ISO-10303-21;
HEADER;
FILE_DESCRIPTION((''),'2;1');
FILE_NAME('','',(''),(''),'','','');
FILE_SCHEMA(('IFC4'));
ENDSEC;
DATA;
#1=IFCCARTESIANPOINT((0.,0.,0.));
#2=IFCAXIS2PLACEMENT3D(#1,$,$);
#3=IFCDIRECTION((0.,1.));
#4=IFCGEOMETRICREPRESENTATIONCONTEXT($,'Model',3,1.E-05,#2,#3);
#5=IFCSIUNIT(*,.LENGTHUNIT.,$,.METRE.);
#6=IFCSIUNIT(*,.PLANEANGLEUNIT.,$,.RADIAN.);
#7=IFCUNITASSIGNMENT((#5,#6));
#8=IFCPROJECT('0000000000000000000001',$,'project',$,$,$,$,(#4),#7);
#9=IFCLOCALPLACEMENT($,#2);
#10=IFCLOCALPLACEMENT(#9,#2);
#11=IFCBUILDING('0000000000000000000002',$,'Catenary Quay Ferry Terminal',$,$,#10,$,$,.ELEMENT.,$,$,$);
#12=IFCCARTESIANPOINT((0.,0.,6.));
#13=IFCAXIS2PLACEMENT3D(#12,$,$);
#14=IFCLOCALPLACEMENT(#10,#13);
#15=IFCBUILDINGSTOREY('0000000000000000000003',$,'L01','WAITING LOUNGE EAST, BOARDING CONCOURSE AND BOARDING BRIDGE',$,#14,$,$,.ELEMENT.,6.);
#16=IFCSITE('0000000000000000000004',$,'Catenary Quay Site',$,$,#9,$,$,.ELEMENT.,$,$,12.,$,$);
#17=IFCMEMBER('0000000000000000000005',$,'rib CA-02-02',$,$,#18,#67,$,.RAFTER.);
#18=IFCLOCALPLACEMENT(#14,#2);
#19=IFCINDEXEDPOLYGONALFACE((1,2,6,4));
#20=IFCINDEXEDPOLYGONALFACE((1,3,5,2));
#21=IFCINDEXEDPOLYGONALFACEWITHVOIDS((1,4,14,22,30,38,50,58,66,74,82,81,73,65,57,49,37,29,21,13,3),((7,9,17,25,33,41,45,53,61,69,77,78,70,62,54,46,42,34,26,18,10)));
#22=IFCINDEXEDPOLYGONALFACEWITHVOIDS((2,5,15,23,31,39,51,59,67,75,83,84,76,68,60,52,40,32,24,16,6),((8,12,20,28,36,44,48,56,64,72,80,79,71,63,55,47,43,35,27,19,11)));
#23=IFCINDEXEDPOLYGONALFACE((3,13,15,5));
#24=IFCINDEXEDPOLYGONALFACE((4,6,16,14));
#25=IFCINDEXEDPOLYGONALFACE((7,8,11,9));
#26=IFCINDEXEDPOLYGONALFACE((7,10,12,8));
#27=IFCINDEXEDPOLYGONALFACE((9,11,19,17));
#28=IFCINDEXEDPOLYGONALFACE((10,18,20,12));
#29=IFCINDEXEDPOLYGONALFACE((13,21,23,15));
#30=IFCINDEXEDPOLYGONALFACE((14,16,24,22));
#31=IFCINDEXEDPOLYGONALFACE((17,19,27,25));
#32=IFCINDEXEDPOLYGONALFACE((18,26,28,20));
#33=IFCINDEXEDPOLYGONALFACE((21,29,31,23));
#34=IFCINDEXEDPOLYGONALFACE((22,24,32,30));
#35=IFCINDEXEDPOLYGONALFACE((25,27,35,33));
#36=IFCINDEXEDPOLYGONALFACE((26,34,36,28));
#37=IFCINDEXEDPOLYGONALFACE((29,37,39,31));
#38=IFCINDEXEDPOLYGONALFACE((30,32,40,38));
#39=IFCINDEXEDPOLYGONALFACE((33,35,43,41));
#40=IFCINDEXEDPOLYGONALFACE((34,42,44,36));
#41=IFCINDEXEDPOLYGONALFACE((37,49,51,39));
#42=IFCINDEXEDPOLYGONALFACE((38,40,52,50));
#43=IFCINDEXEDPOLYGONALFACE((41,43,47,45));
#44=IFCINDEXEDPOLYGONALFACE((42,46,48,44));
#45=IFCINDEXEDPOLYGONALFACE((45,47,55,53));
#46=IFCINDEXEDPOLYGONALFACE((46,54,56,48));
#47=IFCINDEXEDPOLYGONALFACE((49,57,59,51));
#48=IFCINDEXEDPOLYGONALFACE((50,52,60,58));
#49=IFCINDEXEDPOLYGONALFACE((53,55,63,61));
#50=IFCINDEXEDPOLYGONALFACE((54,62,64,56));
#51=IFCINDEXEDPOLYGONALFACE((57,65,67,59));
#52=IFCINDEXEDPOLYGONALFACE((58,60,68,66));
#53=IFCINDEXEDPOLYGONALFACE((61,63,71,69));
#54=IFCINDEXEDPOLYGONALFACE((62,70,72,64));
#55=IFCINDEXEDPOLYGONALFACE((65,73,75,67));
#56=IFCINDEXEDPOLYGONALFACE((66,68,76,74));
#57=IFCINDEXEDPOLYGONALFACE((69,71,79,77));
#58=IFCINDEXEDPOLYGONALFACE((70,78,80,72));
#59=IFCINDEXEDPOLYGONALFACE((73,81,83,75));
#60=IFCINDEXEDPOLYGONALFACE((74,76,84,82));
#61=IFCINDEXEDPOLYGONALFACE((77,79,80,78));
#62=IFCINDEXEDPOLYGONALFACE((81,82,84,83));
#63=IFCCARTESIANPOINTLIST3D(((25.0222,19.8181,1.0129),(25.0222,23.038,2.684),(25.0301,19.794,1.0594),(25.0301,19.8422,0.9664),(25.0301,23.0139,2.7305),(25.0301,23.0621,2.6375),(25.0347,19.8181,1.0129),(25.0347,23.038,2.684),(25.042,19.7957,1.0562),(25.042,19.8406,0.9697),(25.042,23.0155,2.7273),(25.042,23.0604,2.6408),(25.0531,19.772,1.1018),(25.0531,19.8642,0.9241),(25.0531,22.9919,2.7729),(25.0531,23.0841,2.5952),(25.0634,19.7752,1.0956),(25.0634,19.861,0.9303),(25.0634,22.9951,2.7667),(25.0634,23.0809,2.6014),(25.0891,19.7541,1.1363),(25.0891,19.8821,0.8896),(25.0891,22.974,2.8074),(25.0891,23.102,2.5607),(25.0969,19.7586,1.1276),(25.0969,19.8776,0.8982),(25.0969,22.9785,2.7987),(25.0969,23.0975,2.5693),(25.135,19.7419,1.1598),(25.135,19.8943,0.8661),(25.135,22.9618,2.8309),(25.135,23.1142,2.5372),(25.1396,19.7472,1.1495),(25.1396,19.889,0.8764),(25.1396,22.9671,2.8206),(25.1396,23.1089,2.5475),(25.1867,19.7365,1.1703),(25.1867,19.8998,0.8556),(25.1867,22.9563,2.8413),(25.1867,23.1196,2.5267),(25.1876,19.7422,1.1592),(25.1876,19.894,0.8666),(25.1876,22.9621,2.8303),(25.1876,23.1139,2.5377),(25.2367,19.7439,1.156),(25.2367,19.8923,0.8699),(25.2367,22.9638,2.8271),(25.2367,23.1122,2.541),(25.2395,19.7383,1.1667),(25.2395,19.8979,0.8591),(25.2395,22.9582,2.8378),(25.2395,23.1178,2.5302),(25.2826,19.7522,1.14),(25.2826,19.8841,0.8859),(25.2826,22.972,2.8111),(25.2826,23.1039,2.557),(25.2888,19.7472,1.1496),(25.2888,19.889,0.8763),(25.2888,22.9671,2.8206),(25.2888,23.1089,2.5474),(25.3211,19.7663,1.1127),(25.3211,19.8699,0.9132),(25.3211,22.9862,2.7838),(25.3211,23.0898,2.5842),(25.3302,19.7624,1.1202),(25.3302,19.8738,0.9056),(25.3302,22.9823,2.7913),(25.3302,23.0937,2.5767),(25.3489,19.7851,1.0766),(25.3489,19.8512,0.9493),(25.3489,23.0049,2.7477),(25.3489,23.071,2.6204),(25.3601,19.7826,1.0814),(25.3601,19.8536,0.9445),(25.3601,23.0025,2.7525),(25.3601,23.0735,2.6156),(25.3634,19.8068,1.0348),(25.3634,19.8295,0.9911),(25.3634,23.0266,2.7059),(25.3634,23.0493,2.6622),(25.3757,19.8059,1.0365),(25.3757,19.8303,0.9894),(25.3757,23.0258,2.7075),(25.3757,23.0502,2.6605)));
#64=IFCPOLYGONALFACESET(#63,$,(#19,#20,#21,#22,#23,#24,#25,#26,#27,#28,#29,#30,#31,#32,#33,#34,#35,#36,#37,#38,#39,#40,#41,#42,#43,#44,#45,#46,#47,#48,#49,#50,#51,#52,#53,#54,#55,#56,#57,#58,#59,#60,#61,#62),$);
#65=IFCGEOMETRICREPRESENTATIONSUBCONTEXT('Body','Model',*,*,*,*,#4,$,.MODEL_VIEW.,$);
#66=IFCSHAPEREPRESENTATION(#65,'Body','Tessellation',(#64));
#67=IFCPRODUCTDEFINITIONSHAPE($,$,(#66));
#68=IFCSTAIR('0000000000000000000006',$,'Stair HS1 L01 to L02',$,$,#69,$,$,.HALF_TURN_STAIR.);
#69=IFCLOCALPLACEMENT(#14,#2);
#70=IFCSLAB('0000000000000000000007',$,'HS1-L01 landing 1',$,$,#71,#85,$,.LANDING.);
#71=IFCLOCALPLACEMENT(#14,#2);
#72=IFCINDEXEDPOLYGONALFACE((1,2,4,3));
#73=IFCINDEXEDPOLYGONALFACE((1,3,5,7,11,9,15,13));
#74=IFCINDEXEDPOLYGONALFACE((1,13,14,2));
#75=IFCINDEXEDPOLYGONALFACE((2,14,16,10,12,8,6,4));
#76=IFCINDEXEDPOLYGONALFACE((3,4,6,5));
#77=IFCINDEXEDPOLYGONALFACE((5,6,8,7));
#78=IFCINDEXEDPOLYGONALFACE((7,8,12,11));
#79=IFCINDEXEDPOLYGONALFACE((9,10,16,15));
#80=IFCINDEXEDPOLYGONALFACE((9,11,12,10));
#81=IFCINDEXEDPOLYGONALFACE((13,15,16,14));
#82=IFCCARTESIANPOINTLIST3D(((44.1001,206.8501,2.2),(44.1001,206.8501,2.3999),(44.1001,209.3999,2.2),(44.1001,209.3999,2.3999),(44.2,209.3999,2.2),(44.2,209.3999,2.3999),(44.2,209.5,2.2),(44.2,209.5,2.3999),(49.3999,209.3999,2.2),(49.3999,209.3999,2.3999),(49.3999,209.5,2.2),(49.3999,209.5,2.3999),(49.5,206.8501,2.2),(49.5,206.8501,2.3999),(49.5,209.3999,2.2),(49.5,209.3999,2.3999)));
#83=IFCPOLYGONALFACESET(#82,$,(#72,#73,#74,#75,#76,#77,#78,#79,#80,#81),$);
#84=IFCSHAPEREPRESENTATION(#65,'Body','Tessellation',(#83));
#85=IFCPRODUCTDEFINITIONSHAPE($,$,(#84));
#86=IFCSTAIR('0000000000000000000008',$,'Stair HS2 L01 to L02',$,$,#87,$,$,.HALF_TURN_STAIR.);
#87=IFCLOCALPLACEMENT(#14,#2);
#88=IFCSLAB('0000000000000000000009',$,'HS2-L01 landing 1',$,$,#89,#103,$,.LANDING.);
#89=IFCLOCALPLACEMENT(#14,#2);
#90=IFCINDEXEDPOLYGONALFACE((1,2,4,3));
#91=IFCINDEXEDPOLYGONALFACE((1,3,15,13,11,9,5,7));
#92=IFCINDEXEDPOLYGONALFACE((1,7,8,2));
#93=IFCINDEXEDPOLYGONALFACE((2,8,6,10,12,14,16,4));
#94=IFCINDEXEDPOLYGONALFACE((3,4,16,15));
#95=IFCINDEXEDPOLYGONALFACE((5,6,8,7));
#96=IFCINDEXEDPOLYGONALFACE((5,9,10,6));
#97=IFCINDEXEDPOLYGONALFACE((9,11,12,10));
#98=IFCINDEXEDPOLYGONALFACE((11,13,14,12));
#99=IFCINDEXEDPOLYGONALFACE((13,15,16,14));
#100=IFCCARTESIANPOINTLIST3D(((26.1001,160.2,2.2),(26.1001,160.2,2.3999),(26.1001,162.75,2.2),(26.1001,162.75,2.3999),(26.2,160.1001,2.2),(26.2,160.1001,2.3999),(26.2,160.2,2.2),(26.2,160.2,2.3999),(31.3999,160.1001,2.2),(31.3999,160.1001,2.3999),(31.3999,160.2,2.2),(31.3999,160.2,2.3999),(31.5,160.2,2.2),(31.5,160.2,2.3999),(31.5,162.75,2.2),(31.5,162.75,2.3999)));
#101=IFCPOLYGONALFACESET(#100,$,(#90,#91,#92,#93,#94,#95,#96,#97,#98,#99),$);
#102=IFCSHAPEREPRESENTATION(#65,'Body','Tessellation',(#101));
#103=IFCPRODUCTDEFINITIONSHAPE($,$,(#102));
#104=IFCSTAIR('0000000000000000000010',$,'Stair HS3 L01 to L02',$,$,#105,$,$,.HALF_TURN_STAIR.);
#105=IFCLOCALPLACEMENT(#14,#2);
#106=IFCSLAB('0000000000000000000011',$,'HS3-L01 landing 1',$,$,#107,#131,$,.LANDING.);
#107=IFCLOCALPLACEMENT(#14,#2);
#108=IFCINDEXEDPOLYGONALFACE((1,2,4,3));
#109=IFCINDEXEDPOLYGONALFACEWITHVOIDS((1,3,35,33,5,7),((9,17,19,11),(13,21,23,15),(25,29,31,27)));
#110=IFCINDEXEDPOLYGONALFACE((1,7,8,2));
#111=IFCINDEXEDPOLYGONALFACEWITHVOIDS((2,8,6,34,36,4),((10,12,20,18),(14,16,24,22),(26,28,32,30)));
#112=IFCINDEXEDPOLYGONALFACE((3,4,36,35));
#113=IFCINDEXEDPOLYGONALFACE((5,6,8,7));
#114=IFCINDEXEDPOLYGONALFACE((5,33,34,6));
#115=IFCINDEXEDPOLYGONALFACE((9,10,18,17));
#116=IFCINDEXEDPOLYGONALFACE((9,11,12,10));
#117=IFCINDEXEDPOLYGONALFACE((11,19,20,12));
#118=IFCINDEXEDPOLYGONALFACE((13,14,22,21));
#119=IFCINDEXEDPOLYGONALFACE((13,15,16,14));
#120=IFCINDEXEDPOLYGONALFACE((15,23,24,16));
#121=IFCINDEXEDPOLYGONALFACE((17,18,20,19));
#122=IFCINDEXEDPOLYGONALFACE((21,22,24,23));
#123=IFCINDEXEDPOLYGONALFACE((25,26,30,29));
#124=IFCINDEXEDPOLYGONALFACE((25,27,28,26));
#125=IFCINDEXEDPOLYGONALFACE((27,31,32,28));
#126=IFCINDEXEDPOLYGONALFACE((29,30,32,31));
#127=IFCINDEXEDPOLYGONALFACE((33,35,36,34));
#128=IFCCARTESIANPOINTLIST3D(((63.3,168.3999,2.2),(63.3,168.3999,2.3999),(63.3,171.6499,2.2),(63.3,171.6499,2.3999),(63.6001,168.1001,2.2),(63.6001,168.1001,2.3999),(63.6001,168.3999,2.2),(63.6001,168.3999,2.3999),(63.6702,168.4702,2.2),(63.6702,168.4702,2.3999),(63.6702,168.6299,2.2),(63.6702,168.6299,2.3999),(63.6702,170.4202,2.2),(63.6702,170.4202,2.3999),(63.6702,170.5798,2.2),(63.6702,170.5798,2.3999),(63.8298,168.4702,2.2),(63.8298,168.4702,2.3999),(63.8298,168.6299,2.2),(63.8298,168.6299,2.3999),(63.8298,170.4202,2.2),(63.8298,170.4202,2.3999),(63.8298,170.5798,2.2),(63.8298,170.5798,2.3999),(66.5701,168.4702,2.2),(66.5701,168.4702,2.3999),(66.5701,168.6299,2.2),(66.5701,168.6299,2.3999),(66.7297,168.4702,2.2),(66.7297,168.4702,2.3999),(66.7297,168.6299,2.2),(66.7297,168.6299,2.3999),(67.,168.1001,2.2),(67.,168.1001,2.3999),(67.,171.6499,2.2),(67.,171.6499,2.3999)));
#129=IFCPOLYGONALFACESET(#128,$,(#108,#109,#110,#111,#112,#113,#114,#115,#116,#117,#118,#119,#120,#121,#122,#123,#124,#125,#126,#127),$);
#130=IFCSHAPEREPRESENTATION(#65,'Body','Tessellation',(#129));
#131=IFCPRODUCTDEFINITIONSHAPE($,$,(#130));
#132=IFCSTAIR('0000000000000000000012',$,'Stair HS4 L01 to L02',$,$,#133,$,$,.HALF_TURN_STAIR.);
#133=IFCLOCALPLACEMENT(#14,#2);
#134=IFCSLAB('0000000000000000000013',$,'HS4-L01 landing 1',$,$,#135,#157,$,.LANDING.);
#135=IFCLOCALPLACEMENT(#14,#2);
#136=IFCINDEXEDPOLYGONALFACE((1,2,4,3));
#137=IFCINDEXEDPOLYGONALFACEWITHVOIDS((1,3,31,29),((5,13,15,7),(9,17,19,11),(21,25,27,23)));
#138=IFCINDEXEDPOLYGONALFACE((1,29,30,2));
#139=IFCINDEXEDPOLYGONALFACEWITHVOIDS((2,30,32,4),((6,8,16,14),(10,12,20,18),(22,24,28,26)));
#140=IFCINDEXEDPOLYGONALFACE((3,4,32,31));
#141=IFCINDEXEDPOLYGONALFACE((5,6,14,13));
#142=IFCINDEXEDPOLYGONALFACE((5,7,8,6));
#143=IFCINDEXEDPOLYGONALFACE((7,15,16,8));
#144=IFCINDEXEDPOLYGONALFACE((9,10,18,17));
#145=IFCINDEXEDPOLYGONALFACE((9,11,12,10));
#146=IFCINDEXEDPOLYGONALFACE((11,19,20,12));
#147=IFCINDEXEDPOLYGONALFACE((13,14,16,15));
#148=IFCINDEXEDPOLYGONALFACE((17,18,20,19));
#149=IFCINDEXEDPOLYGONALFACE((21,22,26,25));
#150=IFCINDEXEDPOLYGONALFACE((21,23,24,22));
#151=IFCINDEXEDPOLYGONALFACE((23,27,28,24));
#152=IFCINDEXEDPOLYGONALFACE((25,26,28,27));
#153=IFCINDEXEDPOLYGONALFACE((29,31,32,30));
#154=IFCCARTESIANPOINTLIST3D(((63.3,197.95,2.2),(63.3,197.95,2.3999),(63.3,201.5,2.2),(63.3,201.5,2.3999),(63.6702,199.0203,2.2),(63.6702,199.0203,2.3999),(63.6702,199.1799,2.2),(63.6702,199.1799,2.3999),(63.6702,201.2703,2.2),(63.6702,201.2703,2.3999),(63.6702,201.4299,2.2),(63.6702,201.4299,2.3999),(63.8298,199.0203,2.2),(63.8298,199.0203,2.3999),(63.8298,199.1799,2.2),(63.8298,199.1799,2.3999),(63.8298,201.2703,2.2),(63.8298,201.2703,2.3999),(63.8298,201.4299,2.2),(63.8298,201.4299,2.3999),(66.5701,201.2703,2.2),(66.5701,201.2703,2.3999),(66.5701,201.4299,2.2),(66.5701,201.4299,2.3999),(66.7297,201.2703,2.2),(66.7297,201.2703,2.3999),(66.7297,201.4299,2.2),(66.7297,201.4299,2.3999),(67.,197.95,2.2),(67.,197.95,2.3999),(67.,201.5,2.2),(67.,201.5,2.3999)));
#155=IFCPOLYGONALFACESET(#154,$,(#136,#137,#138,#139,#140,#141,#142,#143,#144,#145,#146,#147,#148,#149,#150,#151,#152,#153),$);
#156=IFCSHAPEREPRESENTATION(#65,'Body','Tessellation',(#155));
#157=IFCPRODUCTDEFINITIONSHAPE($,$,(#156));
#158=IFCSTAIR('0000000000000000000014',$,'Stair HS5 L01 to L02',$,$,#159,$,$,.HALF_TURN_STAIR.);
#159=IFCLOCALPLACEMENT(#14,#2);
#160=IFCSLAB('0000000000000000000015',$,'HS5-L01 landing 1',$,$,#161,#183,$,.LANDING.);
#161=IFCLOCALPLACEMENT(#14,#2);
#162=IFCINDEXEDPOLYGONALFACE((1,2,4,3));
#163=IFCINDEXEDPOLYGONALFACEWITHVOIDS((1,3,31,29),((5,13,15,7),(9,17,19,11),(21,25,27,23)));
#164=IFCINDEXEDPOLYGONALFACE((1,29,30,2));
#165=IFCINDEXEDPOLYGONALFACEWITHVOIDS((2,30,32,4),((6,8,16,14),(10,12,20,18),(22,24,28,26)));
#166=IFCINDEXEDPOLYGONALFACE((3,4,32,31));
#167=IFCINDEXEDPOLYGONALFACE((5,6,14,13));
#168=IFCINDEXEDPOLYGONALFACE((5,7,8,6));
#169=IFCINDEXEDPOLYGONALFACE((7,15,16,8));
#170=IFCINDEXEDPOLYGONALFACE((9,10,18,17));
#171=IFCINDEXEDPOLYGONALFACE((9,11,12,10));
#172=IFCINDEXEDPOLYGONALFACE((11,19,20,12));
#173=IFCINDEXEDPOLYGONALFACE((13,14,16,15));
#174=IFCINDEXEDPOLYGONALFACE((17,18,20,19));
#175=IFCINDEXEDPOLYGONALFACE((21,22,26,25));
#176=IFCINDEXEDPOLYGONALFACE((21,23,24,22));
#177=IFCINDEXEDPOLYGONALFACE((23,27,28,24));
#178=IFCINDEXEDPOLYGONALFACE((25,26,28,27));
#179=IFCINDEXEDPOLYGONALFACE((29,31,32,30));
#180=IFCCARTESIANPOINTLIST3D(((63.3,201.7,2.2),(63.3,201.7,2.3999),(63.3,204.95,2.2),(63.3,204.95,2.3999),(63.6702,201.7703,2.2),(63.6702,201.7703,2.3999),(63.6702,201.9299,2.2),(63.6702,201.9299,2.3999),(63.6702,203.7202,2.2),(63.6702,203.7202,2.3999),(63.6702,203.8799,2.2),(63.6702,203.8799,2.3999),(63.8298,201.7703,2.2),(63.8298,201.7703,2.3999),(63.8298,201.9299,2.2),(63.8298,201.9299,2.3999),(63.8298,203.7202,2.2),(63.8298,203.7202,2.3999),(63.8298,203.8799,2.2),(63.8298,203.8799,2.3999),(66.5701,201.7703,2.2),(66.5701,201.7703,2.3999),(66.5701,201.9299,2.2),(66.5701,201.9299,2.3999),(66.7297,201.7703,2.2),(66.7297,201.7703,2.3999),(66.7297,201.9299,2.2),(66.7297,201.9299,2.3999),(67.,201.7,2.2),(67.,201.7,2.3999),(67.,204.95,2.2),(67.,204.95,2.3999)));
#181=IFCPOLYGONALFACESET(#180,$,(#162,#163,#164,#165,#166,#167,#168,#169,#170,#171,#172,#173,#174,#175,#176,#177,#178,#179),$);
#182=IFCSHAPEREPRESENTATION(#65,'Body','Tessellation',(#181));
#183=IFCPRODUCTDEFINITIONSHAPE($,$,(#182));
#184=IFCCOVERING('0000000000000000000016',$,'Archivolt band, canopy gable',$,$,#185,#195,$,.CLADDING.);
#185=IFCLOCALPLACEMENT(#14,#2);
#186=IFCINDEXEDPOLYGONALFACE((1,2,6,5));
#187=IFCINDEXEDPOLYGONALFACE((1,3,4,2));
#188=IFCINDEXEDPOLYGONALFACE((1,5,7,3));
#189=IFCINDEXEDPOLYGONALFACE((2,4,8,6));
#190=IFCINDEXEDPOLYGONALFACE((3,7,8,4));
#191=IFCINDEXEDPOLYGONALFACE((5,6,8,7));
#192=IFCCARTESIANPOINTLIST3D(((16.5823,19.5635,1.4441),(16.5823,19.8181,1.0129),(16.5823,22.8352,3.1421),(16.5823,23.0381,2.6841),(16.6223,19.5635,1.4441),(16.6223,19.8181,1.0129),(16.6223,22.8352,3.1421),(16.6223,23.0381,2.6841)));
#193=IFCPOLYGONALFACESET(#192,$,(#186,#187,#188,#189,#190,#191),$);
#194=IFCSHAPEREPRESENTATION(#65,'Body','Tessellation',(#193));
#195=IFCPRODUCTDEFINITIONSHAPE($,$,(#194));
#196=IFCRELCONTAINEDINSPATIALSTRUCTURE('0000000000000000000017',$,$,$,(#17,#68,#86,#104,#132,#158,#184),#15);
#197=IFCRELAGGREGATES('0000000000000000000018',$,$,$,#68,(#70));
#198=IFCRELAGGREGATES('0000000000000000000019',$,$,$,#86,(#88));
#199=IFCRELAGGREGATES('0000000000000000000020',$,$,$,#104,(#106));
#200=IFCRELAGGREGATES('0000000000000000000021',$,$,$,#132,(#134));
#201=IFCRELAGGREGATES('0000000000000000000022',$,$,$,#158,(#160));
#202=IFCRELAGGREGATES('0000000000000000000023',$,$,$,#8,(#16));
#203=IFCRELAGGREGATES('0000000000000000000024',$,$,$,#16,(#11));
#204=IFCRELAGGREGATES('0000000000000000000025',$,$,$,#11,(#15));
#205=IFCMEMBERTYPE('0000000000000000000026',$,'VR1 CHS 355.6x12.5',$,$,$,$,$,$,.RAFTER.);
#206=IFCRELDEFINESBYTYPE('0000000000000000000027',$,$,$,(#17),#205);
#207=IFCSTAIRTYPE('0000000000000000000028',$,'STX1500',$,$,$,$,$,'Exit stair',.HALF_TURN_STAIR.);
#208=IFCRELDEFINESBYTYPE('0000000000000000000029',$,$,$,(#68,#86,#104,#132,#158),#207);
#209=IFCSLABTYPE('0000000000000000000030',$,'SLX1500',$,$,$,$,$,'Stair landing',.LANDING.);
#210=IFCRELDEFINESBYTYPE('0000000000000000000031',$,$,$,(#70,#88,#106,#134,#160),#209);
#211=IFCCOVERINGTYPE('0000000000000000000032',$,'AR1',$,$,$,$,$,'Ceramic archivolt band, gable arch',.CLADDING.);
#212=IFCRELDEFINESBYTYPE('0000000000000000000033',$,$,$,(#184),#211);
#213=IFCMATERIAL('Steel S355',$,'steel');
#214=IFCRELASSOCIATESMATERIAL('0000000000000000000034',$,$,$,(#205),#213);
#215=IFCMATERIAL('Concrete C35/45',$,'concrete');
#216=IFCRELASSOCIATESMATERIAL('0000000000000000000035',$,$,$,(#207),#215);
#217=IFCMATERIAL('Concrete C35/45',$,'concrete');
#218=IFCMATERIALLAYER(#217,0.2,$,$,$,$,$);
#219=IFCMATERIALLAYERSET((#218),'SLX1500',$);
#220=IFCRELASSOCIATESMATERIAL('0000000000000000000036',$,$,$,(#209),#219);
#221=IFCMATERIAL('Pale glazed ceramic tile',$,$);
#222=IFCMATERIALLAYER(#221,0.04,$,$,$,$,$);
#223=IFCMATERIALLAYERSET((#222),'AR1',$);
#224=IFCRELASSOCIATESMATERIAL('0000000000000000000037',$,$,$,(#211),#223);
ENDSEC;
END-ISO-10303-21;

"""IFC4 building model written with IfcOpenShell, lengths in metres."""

from ifc_helpers import new_model, si_unit, direction, frame, origin, origin_2d, place, context, subcontext, project, spatial, polyline, hollow_circle, outline, extrude, material, layer, layer_set, material_profile, profile_set, type_object, element, aggregate, save


model = new_model("IFC4")

# Units and contexts
model_context = context("Model", 3, precision=1e-05, world=origin(), true_north=direction((0.0, 1.0)))
body_context = subcontext(model_context, "Body", "Model", "MODEL_VIEW")
ifc_project = project(units=[si_unit("LENGTHUNIT", "METRE"), si_unit("PLANEANGLEUNIT", "RADIAN")], contexts=[model_context])

# Site, building, storey
site_placement = place(None, origin())
site = spatial("IfcSite", under=ifc_project, at=site_placement, Name="Catenary Quay Site", CompositionType="ELEMENT", RefElevation=12.0)
building_placement = place(site_placement, origin())
building = spatial("IfcBuilding", under=site, at=building_placement, Name="Catenary Quay Ferry Terminal", CompositionType="ELEMENT")
storey_placement = place(building_placement, frame((0.0, 0.0, 6.0)))
storey = spatial("IfcBuildingStorey", under=building, at=storey_placement, Name="L01", Description="WAITING LOUNGE EAST, BOARDING CONCOURSE AND BOARDING BRIDGE", CompositionType="ELEMENT", Elevation=6.0)

# Member
ifc_material_1 = material(Name="Steel S355", Category="steel")
ifc_material_profile_1 = material_profile(ifc_material_1, hollow_circle(Radius=0.1777, WallThickness=0.0125, at=origin_2d()), Name="CHS 355.6x12.5")
ifc_profile_set_1 = profile_set([ifc_material_profile_1], Name="Steel S355")
member_type_1 = type_object("IfcMemberType", Name="VR1 CHS 355.6x12.5", PredefinedType="RAFTER", material=ifc_profile_set_1)
member_1_placement = place(storey_placement, frame((25.2, 19.8181, 1.0129), z_axis=(0.0, 0.887582, 0.460649), x_axis=(-1.0, 0.0, 0.0)))
element("IfcMember", 1, at=member_1_placement, inside=storey, type_object=member_type_1, Name="rib CA-02-02", PredefinedType="RAFTER", context=body_context, shape_type="SweptSolid", body=[
    extrude(hollow_circle(Radius=0.1777, WallThickness=0.0125, at=origin_2d()), origin(), (0.0, 0.0, 1.0), 3.6277),
])

# Stairs, slabs
ifc_material_2 = material(Name="Concrete C35/45", Category="concrete")
stair_type = type_object("IfcStairType", Name="STX1500", ElementType="Exit stair", PredefinedType="HALF_TURN_STAIR", material=ifc_material_2)
stair_1_placement = place(storey_placement, origin())
stair_1 = element("IfcStair", 2, at=stair_1_placement, inside=storey, type_object=stair_type, Name="Stair HS1 L01 to L02", PredefinedType="HALF_TURN_STAIR")
ifc_material_3 = material(Name="Concrete C35/45", Category="concrete")
ifc_layer_1 = layer(ifc_material_3, 0.2)
ifc_layer_set_1 = layer_set([ifc_layer_1], Name="SLX1500")
slab_type = type_object("IfcSlabType", Name="SLX1500", ElementType="Stair landing", PredefinedType="LANDING", material=ifc_layer_set_1)
slab_1_placement = place(storey_placement, frame((0.0, 0.0, 2.2)))
slab_1 = element("IfcSlab", 3, at=slab_1_placement, type_object=slab_type, Name="HS1-L01 landing 1", PredefinedType="LANDING", context=body_context, shape_type="SweptSolid", body=[
    extrude(outline(polyline([(44.2, 209.3999), (44.2, 209.5), (49.3999, 209.5), (49.3999, 209.3999), (49.5, 209.3999), (49.5, 206.8501), (44.1001, 206.8501), (44.1001, 209.3999), (44.2, 209.3999)])), origin(), (0.0, 0.0, 1.0), 0.2),
])
aggregate(stair_1, [slab_1])
stair_2_placement = place(storey_placement, origin())
stair_2 = element("IfcStair", 4, at=stair_2_placement, inside=storey, type_object=stair_type, Name="Stair HS2 L01 to L02", PredefinedType="HALF_TURN_STAIR")
slab_2_placement = place(storey_placement, frame((0.0, 0.0, 2.2)))
slab_2 = element("IfcSlab", 5, at=slab_2_placement, type_object=slab_type, Name="HS2-L01 landing 1", PredefinedType="LANDING", context=body_context, shape_type="SweptSolid", body=[
    extrude(outline(polyline([(26.2, 160.1001), (26.2, 160.2), (26.1001, 160.2), (26.1001, 162.75), (31.5, 162.75), (31.5, 160.2), (31.3999, 160.2), (31.3999, 160.1001), (26.2, 160.1001)])), origin(), (0.0, 0.0, 1.0), 0.2),
])
aggregate(stair_2, [slab_2])
stair_3_placement = place(storey_placement, origin())
stair_3 = element("IfcStair", 6, at=stair_3_placement, inside=storey, type_object=stair_type, Name="Stair HS3 L01 to L02", PredefinedType="HALF_TURN_STAIR")
slab_3_placement = place(storey_placement, frame((0.0, 0.0, 2.2)))
slab_3 = element("IfcSlab", 7, at=slab_3_placement, type_object=slab_type, Name="HS3-L01 landing 1", PredefinedType="LANDING", context=body_context, shape_type="SweptSolid", body=[
    extrude(outline(polyline([(63.6001, 168.3999), (63.3, 168.3999), (63.3, 171.6499), (67.0, 171.6499), (67.0, 168.1001), (63.6001, 168.1001), (63.6001, 168.3999)]), holes=[polyline([(63.6702, 168.4702), (63.8298, 168.4702), (63.8298, 168.6299), (63.6702, 168.6299), (63.6702, 168.4702)]), polyline([(66.5701, 168.4702), (66.7297, 168.4702), (66.7297, 168.6299), (66.5701, 168.6299), (66.5701, 168.4702)]), polyline([(63.6702, 170.4202), (63.8298, 170.4202), (63.8298, 170.5798), (63.6702, 170.5798), (63.6702, 170.4202)])]), origin(), (0.0, 0.0, 1.0), 0.2),
])
aggregate(stair_3, [slab_3])
stair_4_placement = place(storey_placement, origin())
stair_4 = element("IfcStair", 8, at=stair_4_placement, inside=storey, type_object=stair_type, Name="Stair HS4 L01 to L02", PredefinedType="HALF_TURN_STAIR")
slab_4_placement = place(storey_placement, frame((0.0, 0.0, 2.2)))
slab_4 = element("IfcSlab", 9, at=slab_4_placement, type_object=slab_type, Name="HS4-L01 landing 1", PredefinedType="LANDING", context=body_context, shape_type="SweptSolid", body=[
    extrude(outline(polyline([(63.3, 201.5), (67.0, 201.5), (67.0, 197.95), (63.3, 197.95), (63.3, 201.5)]), holes=[polyline([(63.6702, 201.2703), (63.8298, 201.2703), (63.8298, 201.4299), (63.6702, 201.4299), (63.6702, 201.2703)]), polyline([(66.5701, 201.2703), (66.7297, 201.2703), (66.7297, 201.4299), (66.5701, 201.4299), (66.5701, 201.2703)]), polyline([(63.6702, 199.0203), (63.8298, 199.0203), (63.8298, 199.1799), (63.6702, 199.1799), (63.6702, 199.0203)])]), origin(), (0.0, 0.0, 1.0), 0.2),
])
aggregate(stair_4, [slab_4])
stair_5_placement = place(storey_placement, origin())
stair_5 = element("IfcStair", 10, at=stair_5_placement, inside=storey, type_object=stair_type, Name="Stair HS5 L01 to L02", PredefinedType="HALF_TURN_STAIR")
slab_5_placement = place(storey_placement, frame((0.0, 0.0, 2.2)))
slab_5 = element("IfcSlab", 11, at=slab_5_placement, type_object=slab_type, Name="HS5-L01 landing 1", PredefinedType="LANDING", context=body_context, shape_type="SweptSolid", body=[
    extrude(outline(polyline([(63.3, 204.95), (67.0, 204.95), (67.0, 201.7), (63.3, 201.7), (63.3, 204.95)]), holes=[polyline([(63.6702, 201.7703), (63.8298, 201.7703), (63.8298, 201.9299), (63.6702, 201.9299), (63.6702, 201.7703)]), polyline([(66.5701, 201.7703), (66.7297, 201.7703), (66.7297, 201.9299), (66.5701, 201.9299), (66.5701, 201.7703)]), polyline([(63.6702, 203.7202), (63.8298, 203.7202), (63.8298, 203.8799), (63.6702, 203.8799), (63.6702, 203.7202)])]), origin(), (0.0, 0.0, 1.0), 0.2),
])
aggregate(stair_5, [slab_5])

# Covering
ifc_material_4 = material(Name="Pale glazed ceramic tile")
ifc_layer_2 = layer(ifc_material_4, 0.04)
ifc_layer_set_2 = layer_set([ifc_layer_2], Name="AR1")
covering_type_1 = type_object("IfcCoveringType", Name="AR1", ElementType="Ceramic archivolt band, gable arch", PredefinedType="CLADDING", material=ifc_layer_set_2)
covering_1_placement = place(storey_placement, frame((16.6223, 19.8181, 1.0129), z_axis=(1.0, 0.0, 0.0), x_axis=(0.0, 0.887582, 0.460649)))
element("IfcCovering", 12, at=covering_1_placement, inside=storey, type_object=covering_type_1, Name="Archivolt band, canopy gable", PredefinedType="CLADDING", context=body_context, shape_type="SweptSolid", body=[
    extrude(outline(polyline([(0.0, 0.0), (3.6278, 0.0), (3.6587, 0.5), (-0.0274, 0.5), (0.0, 0.0)])), origin(), (0.0, 0.0, -1.0), 0.04),
])

save(model, "model.ifc")
